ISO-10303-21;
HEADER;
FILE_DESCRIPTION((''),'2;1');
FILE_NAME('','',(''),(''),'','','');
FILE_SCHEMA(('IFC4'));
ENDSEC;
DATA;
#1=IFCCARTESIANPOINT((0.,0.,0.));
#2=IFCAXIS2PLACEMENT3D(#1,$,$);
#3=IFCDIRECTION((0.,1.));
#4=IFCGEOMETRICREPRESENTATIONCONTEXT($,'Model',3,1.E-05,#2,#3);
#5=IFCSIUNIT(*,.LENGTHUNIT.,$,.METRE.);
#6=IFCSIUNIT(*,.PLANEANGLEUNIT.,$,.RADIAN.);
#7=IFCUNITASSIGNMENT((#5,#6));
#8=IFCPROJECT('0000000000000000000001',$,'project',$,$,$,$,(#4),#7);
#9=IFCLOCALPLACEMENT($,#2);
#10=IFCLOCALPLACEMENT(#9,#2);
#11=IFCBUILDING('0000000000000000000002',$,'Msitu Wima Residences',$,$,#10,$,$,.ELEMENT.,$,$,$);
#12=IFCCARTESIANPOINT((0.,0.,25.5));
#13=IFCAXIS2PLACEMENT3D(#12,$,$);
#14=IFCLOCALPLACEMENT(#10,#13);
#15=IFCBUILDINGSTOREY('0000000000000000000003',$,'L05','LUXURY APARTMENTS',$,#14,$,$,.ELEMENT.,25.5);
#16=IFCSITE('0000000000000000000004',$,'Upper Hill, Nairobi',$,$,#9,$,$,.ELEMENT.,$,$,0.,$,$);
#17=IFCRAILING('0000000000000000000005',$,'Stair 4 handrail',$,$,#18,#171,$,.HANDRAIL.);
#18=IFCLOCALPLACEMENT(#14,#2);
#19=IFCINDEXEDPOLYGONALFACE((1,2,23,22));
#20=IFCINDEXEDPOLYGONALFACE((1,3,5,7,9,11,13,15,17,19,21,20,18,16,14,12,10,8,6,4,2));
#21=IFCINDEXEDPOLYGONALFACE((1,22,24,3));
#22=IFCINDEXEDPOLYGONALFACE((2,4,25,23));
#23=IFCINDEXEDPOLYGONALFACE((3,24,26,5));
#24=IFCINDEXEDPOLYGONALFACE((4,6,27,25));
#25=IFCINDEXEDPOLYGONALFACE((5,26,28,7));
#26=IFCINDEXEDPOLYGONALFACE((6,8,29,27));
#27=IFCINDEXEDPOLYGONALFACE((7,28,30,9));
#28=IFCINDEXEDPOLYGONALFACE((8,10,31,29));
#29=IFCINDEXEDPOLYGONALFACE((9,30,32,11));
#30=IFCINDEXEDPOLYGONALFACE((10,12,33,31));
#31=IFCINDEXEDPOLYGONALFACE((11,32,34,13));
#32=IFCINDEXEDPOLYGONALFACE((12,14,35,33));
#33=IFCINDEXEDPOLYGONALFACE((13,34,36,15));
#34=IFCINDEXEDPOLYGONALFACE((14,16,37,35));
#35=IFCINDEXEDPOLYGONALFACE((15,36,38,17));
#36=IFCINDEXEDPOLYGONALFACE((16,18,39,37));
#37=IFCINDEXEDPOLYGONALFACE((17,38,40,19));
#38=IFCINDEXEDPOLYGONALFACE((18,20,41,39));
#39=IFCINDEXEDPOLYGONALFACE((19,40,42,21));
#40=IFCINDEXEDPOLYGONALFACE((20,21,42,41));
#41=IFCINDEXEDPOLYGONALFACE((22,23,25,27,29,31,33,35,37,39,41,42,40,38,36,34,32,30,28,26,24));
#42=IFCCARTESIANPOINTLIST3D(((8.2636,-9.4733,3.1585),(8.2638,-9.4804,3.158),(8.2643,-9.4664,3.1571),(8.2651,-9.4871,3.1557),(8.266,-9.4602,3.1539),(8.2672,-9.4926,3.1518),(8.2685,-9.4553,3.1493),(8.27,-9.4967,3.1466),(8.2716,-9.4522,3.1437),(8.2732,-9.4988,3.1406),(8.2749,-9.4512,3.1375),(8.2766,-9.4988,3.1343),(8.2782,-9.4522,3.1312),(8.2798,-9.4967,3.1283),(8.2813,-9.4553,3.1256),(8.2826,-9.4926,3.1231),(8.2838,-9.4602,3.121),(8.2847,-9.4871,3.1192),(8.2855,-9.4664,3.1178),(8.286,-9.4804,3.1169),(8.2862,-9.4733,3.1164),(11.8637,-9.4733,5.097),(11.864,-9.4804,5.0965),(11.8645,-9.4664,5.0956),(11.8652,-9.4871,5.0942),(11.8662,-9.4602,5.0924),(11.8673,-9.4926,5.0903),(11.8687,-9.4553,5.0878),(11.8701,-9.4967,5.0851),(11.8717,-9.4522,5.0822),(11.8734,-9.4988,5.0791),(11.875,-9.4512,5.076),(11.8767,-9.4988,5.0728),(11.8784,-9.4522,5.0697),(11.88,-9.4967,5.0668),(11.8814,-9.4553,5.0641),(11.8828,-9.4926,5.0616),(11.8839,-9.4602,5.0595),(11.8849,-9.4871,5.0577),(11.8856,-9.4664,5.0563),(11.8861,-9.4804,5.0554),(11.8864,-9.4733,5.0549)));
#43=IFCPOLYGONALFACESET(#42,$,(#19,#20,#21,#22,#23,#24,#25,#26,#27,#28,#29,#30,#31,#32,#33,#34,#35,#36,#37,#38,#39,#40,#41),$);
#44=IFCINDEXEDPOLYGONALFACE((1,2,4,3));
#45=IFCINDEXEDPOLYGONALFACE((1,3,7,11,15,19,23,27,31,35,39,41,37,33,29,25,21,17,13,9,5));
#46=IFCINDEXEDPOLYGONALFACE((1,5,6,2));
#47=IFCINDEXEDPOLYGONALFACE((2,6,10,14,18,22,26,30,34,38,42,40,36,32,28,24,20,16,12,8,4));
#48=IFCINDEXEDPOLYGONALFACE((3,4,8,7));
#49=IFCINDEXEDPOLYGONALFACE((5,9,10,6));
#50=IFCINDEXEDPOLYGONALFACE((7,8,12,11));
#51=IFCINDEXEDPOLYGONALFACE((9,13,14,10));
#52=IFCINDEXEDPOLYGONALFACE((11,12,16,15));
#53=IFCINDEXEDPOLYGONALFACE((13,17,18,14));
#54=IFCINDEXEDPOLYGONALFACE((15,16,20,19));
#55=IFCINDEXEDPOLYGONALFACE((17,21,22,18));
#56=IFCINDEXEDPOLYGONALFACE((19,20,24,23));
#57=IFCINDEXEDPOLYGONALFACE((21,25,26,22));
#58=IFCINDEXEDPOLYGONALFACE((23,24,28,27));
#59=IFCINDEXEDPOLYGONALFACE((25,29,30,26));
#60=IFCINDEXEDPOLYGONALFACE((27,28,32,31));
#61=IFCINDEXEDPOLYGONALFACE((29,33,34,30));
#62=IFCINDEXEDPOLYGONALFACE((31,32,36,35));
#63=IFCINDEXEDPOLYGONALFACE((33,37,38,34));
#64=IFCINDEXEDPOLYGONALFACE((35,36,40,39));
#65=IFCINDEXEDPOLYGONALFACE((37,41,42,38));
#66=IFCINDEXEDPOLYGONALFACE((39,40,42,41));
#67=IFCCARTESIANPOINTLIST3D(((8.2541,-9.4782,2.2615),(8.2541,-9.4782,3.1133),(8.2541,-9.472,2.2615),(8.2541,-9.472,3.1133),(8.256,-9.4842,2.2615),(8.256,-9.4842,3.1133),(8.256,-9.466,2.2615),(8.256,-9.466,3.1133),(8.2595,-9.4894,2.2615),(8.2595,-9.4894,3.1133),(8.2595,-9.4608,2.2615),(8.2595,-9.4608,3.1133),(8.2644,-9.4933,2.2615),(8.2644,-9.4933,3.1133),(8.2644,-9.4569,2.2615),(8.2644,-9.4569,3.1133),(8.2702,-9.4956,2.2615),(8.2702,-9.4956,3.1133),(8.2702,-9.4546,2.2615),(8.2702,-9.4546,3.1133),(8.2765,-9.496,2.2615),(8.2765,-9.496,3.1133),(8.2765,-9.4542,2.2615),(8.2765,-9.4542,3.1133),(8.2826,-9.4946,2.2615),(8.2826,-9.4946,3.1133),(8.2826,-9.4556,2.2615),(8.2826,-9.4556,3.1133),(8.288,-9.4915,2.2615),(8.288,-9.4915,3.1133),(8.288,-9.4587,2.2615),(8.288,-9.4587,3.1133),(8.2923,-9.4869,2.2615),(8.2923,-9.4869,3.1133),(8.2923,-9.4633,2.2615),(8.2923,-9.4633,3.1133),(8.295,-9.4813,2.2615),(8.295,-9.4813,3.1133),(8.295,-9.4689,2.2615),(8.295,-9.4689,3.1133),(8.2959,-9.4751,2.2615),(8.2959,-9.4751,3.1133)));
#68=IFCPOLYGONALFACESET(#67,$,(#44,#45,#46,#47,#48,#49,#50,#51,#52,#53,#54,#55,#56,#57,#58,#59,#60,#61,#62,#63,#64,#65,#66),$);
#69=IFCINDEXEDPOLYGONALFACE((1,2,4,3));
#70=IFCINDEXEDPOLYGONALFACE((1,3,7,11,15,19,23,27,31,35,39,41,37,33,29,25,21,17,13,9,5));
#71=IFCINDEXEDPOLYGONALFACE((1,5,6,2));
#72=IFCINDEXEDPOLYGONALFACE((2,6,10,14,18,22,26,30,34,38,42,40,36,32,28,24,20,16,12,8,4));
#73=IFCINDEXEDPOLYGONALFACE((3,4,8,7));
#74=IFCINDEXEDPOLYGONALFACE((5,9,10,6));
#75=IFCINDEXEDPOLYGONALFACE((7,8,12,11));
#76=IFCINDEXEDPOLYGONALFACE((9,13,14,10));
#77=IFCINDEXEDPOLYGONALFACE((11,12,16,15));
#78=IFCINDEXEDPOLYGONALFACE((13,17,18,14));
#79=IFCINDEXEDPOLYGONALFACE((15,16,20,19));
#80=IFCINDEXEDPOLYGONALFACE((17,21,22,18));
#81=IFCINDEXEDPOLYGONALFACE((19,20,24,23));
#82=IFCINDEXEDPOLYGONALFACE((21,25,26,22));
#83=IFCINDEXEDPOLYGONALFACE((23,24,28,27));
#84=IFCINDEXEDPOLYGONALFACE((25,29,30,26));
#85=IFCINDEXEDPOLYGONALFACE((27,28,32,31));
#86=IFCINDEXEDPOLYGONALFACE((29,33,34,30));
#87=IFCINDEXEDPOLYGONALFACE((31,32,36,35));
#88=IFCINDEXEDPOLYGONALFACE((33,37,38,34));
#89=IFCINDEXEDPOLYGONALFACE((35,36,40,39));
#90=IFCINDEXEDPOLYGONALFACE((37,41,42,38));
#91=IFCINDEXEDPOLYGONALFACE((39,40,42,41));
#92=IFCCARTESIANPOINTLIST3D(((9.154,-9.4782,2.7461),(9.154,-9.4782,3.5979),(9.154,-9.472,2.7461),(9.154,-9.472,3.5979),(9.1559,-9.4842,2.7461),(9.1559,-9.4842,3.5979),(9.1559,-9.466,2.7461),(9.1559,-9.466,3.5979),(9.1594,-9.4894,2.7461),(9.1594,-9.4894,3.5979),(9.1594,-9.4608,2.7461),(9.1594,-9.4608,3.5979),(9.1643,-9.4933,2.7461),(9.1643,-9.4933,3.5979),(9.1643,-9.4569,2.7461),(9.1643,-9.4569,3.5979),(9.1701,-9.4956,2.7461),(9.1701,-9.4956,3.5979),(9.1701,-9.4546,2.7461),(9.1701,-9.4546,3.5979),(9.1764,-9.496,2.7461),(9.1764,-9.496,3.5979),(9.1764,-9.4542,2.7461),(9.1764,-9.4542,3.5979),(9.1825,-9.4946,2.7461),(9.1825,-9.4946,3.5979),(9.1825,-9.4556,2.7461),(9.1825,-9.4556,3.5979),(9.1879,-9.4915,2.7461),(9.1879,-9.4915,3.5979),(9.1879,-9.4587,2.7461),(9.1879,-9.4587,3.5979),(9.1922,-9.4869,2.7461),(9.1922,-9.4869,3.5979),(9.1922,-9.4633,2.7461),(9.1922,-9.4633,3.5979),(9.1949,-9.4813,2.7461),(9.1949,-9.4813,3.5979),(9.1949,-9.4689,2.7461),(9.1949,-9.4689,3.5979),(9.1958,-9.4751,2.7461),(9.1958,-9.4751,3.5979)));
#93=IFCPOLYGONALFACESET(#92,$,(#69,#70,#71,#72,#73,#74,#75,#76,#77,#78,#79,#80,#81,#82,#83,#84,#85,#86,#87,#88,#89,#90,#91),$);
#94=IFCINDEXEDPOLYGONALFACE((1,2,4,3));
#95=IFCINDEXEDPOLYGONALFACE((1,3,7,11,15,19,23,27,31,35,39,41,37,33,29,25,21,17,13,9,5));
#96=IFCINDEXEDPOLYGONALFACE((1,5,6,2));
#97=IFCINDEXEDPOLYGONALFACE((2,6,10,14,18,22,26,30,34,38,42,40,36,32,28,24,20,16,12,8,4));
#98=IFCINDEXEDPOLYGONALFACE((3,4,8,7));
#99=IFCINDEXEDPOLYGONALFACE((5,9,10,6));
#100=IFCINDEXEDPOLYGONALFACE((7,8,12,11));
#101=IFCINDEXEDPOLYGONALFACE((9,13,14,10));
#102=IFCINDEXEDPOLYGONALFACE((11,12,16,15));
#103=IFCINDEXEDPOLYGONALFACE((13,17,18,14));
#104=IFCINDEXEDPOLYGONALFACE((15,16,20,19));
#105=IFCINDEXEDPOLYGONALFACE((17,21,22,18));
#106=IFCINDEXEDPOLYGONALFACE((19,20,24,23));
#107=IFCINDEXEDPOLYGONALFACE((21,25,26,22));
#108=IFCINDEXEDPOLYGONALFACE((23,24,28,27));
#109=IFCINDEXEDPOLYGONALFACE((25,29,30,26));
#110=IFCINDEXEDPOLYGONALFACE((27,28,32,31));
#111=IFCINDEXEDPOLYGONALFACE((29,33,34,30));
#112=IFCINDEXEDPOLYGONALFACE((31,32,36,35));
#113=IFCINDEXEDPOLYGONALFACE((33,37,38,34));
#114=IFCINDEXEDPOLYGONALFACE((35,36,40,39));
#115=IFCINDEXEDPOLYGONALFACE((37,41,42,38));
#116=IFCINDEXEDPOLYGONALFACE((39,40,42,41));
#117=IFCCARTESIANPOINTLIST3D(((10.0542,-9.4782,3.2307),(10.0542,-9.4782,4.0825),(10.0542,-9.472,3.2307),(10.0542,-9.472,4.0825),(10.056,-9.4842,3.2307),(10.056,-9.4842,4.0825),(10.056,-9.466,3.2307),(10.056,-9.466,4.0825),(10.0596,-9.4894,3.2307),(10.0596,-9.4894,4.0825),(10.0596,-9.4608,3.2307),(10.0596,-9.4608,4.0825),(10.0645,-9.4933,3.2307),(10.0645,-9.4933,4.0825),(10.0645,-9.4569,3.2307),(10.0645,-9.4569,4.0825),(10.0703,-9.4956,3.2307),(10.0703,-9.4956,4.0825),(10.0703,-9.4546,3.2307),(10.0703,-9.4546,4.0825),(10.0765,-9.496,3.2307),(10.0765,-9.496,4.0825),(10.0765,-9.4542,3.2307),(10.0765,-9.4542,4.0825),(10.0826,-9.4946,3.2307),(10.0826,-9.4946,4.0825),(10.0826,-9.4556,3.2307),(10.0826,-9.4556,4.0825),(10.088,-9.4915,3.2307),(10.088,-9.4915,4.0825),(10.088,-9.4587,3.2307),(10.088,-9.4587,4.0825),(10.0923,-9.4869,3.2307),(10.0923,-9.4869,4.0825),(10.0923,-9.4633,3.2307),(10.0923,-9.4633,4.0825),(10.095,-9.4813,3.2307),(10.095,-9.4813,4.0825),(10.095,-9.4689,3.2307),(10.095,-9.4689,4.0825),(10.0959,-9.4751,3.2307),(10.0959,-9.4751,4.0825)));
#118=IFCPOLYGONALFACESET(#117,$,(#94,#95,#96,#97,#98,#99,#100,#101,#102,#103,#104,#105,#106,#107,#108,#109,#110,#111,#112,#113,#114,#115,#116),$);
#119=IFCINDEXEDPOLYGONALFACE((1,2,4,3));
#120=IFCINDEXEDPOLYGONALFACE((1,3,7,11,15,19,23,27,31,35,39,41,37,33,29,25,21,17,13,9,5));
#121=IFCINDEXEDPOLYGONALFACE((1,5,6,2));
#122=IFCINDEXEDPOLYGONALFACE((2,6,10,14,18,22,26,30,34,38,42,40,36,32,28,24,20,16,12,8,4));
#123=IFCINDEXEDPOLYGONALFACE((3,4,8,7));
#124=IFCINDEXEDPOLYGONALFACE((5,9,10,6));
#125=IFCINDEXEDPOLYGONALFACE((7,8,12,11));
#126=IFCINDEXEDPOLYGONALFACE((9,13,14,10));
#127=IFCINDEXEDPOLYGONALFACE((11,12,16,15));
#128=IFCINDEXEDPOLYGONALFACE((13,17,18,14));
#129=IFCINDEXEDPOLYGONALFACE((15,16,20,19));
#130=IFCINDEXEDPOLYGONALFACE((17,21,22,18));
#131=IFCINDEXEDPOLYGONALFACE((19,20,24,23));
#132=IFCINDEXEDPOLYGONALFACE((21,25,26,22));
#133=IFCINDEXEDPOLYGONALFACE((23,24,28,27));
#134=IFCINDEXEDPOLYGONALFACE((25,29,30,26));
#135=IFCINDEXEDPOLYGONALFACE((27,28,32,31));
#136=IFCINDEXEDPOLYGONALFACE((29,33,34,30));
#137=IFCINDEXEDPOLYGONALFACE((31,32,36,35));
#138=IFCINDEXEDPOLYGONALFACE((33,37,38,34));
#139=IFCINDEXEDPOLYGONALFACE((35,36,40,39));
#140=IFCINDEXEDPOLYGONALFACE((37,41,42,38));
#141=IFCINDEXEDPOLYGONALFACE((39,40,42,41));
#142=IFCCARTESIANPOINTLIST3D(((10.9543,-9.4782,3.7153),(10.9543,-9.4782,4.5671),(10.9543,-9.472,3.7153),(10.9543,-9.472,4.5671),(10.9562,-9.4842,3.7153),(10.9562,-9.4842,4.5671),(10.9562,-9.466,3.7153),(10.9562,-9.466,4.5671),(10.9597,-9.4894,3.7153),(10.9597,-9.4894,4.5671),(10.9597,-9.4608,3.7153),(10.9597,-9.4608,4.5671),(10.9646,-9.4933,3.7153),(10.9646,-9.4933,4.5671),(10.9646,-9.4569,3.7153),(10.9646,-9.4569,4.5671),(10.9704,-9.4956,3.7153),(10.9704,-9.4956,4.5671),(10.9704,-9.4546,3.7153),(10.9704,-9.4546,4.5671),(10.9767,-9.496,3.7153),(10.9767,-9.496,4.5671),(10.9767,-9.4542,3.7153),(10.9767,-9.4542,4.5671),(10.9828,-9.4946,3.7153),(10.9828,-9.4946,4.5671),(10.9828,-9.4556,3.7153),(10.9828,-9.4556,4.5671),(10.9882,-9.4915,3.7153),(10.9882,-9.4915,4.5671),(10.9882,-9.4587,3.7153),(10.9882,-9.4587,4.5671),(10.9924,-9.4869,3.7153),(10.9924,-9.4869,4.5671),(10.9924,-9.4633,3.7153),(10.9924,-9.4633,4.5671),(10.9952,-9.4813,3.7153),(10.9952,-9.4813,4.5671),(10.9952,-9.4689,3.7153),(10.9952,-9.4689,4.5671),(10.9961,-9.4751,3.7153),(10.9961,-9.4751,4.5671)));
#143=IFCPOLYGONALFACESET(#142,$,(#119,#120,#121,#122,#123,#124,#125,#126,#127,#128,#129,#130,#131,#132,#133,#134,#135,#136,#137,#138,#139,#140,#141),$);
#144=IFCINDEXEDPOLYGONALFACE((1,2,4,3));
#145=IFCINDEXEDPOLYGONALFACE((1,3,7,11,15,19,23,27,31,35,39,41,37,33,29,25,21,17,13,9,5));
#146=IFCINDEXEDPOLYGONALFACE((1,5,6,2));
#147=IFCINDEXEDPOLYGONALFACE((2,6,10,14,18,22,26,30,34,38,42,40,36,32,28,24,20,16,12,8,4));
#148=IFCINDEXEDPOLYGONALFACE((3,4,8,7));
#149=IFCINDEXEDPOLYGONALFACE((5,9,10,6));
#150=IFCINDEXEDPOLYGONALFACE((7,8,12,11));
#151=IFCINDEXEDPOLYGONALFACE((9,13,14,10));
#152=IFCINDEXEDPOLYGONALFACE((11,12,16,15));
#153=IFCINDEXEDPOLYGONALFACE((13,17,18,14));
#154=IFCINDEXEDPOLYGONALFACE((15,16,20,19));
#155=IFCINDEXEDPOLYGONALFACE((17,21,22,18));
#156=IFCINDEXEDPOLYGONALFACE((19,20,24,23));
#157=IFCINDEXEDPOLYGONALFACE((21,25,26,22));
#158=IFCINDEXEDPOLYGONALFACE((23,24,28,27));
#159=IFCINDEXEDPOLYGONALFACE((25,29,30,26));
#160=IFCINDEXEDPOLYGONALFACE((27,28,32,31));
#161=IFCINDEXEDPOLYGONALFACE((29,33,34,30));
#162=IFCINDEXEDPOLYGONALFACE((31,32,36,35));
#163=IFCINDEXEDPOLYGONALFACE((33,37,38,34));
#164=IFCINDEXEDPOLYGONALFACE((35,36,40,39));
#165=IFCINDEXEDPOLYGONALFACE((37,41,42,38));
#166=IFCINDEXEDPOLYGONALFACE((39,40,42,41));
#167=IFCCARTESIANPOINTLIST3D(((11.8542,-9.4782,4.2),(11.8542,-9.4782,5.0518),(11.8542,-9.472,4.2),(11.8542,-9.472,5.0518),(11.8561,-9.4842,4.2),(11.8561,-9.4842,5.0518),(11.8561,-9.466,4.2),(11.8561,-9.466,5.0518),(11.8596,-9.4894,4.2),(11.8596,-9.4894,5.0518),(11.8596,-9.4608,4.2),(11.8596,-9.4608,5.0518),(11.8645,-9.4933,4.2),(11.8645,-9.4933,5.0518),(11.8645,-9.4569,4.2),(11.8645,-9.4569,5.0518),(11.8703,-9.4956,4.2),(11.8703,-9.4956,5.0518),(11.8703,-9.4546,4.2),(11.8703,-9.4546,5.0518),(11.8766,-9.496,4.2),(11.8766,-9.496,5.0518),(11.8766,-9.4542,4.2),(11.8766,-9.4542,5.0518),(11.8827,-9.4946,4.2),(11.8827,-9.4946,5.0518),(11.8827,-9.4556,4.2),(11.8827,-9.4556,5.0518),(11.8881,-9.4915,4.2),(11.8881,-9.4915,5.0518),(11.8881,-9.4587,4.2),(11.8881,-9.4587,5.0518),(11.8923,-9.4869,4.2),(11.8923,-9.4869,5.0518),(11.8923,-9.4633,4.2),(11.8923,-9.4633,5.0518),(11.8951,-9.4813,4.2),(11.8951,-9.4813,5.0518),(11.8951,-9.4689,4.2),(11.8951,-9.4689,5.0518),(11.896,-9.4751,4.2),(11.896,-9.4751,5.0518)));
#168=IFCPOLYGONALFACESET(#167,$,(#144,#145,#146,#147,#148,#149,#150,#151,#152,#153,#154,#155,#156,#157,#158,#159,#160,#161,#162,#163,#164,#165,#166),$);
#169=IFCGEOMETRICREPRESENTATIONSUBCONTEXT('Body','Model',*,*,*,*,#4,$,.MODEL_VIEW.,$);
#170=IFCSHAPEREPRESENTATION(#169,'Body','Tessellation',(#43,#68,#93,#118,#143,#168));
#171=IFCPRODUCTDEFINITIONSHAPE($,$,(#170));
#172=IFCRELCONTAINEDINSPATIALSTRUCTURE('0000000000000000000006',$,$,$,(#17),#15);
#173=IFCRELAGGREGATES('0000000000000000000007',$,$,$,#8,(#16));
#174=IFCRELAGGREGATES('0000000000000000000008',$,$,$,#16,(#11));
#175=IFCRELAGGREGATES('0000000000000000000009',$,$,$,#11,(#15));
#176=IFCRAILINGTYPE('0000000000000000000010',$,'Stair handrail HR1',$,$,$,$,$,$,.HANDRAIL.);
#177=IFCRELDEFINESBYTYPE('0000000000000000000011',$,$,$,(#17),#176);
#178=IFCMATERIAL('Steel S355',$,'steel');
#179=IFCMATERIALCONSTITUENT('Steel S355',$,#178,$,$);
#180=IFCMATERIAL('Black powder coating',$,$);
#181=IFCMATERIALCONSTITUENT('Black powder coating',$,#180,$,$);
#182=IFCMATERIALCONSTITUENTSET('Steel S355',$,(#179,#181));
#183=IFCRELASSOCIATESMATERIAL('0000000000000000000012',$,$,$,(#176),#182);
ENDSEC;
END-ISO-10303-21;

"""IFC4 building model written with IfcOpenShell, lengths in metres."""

from ifc_helpers import new_model, si_unit, direction, frame, origin, origin_2d, place, context, subcontext, project, spatial, circle, extrude, material, constituent, constituent_set, type_object, element, save


model = new_model("IFC4")

# Units and contexts
model_context = context("Model", 3, precision=1e-05, world=origin(), true_north=direction((0.0, 1.0)))
body_context = subcontext(model_context, "Body", "Model", "MODEL_VIEW")
ifc_project = project(units=[si_unit("LENGTHUNIT", "METRE"), si_unit("PLANEANGLEUNIT", "RADIAN")], contexts=[model_context])

# Site, building, storey
site_placement = place(None, origin())
site = spatial("IfcSite", under=ifc_project, at=site_placement, Name="Upper Hill, Nairobi", CompositionType="ELEMENT", RefElevation=0.0)
building_placement = place(site_placement, origin())
building = spatial("IfcBuilding", under=site, at=building_placement, Name="Msitu Wima Residences", CompositionType="ELEMENT")
storey_placement = place(building_placement, frame((0.0, 0.0, 25.5)))
storey = spatial("IfcBuildingStorey", under=building, at=storey_placement, Name="L05", Description="LUXURY APARTMENTS", CompositionType="ELEMENT", Elevation=25.5)

# Railing
ifc_material_1 = material(Name="Steel S355", Category="steel")
ifc_constituent_1 = constituent(ifc_material_1, Name="Steel S355")
ifc_material_2 = material(Name="Black powder coating")
ifc_constituent_2 = constituent(ifc_material_2, Name="Black powder coating")
ifc_constituent_set = constituent_set(constituents=[ifc_constituent_1, ifc_constituent_2], Name="Steel S355")
railing_type = type_object("IfcRailingType", Name="Stair handrail HR1", PredefinedType="HANDRAIL", material=ifc_constituent_set)
for number, where, name in (
    (1, (8.2749, -9.4751, 2.2615), "Stair 4 handrail"),
):
    element("IfcRailing", number, at=place(storey_placement, frame(where)), inside=storey, type_object=railing_type, Name=name, PredefinedType="HANDRAIL", context=body_context, shape_type="SweptSolid", body=[
        extrude(circle(Radius=0.0239, at=origin_2d()), frame((0.0, 0.0, 0.876), z_axis=(0.880475, 0.0, 0.474093), x_axis=(0.0, 1.0, 0.0)), (0.0, 0.0, 1.0), 4.0889),
        extrude(circle(Radius=0.021, at=origin_2d()), origin(), (0.0, 0.0, 1.0), 0.8518),
        extrude(circle(Radius=0.021, at=origin_2d()), frame((0.8999, 0.0, 0.4846)), (0.0, 0.0, 1.0), 0.8518),
        extrude(circle(Radius=0.021, at=origin_2d()), frame((1.8, 0.0, 0.9692)), (0.0, 0.0, 1.0), 0.8518),
        extrude(circle(Radius=0.021, at=origin_2d()), frame((2.7002, 0.0, 1.4539)), (0.0, 0.0, 1.0), 0.8518),
        extrude(circle(Radius=0.021, at=origin_2d()), frame((3.6001, 0.0, 1.9385)), (0.0, 0.0, 1.0), 0.8518),
    ])

save(model, "model.ifc")
